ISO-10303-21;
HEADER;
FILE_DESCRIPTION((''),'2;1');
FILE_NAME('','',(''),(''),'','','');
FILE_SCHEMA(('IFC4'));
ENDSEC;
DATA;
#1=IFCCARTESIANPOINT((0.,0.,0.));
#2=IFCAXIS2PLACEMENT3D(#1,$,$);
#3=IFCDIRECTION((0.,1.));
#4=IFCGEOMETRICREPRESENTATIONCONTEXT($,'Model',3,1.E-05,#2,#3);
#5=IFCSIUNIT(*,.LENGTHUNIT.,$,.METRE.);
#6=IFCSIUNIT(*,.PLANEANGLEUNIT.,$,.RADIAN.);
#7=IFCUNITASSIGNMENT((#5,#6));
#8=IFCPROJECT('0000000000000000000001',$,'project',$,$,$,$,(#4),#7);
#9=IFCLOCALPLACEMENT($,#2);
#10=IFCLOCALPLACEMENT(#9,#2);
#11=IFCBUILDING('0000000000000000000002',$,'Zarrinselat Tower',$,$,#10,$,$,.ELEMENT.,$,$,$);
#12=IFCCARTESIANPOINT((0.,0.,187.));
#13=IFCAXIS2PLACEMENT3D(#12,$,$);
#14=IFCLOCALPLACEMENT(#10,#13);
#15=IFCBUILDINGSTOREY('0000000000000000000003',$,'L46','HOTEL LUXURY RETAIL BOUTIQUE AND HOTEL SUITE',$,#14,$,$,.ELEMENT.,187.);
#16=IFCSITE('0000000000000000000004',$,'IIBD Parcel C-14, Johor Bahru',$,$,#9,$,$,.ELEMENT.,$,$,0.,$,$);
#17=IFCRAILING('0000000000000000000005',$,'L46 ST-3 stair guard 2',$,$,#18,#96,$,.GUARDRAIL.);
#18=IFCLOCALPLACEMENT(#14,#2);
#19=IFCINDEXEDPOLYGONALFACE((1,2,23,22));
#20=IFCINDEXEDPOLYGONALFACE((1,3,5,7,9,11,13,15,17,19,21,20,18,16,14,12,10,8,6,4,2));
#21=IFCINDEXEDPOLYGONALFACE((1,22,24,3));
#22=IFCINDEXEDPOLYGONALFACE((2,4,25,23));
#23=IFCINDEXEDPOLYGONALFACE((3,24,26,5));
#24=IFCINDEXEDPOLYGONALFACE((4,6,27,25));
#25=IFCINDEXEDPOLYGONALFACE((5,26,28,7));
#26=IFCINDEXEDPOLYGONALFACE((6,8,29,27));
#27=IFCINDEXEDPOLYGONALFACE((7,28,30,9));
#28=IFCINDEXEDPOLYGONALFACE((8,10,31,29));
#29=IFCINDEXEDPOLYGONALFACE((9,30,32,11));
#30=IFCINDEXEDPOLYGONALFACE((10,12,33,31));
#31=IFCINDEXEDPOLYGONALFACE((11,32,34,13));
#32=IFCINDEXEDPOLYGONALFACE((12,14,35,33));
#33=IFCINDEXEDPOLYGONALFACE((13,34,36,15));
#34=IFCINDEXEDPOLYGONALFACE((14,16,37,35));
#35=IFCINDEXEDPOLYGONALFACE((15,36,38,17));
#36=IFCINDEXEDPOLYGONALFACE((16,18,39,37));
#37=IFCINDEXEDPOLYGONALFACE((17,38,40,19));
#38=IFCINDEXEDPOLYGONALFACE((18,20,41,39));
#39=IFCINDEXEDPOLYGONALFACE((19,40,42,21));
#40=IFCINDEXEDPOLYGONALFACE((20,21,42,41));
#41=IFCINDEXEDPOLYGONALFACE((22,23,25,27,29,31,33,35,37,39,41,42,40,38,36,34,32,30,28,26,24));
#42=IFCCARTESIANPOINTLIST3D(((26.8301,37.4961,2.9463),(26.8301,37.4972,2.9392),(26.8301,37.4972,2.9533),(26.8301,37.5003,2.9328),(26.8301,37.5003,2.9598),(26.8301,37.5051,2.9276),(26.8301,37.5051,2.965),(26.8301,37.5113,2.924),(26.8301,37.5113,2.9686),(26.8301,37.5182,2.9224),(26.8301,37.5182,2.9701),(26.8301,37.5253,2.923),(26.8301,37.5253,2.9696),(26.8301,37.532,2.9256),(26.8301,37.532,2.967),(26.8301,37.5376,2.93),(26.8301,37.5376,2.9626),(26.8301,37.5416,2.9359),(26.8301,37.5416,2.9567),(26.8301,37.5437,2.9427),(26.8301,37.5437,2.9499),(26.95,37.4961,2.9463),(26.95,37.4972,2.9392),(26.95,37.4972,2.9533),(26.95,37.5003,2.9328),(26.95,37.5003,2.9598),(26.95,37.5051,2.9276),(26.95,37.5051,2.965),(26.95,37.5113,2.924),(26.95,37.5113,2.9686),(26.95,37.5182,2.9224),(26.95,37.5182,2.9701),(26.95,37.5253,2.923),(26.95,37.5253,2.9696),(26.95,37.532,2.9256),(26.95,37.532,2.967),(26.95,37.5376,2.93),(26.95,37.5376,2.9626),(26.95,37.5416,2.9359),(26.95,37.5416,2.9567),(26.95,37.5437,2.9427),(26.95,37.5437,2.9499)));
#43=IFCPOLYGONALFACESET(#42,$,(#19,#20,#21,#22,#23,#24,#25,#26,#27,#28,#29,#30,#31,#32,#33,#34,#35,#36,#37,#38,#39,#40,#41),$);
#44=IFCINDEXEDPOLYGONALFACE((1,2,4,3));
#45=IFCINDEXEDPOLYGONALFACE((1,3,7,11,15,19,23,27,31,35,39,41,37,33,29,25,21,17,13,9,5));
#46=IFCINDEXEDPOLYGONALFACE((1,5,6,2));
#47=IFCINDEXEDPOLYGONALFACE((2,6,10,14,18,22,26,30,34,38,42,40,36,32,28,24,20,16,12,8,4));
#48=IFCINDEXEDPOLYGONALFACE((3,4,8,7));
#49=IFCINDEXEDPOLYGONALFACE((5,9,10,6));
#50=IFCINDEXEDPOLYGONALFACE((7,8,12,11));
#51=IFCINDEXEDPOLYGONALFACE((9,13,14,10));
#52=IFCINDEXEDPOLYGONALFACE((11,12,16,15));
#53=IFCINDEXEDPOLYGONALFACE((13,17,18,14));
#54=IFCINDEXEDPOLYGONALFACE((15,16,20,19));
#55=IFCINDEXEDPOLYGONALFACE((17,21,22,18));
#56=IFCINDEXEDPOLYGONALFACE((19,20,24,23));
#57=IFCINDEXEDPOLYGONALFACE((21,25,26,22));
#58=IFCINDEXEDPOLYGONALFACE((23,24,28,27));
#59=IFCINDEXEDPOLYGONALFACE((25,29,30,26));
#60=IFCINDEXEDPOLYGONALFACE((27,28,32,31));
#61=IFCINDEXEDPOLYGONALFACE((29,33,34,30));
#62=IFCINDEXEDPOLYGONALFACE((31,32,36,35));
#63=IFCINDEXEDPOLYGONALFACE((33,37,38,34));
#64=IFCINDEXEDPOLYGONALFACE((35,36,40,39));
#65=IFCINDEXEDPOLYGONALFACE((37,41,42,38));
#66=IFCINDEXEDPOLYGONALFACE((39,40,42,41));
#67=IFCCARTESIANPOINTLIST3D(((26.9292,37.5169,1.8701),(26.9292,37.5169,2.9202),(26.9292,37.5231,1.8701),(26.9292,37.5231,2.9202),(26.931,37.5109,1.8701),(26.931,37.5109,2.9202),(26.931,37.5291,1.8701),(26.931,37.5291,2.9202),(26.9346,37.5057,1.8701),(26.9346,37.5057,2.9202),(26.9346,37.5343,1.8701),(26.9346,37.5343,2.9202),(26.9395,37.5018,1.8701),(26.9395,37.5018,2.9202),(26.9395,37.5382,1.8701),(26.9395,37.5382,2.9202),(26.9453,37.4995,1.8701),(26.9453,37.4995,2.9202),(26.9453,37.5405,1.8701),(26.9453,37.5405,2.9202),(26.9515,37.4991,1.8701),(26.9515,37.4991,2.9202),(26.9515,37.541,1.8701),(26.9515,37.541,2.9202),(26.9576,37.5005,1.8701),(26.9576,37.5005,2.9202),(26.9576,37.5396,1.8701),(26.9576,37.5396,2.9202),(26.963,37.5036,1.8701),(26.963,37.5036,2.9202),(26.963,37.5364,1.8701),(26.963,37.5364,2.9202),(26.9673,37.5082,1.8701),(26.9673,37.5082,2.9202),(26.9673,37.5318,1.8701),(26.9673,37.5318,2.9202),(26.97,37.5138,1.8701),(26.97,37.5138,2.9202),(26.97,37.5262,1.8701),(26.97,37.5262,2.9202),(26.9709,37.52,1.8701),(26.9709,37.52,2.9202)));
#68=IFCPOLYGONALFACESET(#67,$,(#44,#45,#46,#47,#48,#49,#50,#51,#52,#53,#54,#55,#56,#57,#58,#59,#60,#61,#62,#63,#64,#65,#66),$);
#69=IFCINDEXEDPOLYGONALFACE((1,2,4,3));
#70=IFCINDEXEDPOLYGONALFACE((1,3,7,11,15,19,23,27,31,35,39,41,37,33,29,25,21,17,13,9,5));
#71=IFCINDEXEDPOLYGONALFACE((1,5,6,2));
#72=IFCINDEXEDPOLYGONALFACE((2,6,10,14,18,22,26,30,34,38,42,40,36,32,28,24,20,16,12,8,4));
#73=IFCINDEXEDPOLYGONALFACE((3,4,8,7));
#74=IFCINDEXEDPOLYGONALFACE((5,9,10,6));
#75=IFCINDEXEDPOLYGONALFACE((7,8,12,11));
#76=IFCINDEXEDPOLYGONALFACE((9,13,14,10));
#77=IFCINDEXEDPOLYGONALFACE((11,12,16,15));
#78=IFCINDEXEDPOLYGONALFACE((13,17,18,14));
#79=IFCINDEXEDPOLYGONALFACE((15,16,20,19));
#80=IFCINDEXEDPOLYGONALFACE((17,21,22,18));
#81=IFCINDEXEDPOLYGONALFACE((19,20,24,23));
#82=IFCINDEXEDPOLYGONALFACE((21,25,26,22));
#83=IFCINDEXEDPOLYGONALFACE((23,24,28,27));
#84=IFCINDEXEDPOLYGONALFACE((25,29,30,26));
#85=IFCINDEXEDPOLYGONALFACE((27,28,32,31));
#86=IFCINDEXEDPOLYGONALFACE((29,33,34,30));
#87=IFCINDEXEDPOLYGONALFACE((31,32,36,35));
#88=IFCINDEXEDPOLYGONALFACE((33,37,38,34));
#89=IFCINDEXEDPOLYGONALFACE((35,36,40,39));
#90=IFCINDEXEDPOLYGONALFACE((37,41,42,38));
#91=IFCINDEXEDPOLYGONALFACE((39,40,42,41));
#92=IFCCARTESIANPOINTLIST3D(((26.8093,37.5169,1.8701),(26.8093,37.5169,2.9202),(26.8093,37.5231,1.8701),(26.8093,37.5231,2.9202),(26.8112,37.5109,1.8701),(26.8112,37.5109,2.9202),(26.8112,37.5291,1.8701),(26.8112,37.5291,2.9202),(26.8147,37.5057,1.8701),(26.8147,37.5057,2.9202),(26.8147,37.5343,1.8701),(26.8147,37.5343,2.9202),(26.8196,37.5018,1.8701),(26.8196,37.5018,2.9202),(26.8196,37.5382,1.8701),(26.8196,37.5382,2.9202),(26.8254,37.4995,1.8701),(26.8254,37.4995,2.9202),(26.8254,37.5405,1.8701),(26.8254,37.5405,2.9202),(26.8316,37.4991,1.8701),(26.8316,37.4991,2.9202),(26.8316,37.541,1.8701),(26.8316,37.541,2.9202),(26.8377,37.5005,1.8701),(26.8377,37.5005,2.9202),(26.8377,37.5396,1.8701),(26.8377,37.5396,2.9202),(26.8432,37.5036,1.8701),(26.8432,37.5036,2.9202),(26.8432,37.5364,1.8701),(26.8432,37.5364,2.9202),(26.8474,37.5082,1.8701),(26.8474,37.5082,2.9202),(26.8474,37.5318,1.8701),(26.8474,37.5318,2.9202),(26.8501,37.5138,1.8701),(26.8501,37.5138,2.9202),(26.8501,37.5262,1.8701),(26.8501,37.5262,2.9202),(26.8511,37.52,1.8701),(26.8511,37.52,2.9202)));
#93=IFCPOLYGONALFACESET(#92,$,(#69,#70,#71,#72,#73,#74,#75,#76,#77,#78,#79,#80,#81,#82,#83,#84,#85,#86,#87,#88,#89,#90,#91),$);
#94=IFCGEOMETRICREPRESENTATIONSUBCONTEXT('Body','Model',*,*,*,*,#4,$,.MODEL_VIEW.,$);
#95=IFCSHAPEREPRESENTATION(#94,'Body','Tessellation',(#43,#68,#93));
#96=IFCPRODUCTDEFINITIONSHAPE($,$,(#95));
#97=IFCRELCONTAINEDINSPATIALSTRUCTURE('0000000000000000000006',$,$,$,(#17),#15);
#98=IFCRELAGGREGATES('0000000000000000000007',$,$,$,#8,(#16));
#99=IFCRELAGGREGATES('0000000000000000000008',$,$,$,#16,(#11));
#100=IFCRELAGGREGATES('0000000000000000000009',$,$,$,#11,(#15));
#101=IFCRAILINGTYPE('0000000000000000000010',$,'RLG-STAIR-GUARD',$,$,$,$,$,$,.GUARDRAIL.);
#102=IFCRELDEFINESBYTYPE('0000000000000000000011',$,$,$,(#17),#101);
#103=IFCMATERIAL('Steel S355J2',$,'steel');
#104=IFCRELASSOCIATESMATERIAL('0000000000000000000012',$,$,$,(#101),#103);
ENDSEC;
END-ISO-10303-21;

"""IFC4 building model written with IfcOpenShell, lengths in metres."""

from ifc_helpers import new_model, si_unit, direction, frame, origin, origin_2d, place, context, subcontext, project, spatial, circle, extrude, material, type_object, element, save


model = new_model("IFC4")

# Units and contexts
model_context = context("Model", 3, precision=1e-05, world=origin(), true_north=direction((0.0, 1.0)))
body_context = subcontext(model_context, "Body", "Model", "MODEL_VIEW")
ifc_project = project(units=[si_unit("LENGTHUNIT", "METRE"), si_unit("PLANEANGLEUNIT", "RADIAN")], contexts=[model_context])

# Site, building, storey
site_placement = place(None, origin())
site = spatial("IfcSite", under=ifc_project, at=site_placement, Name="IIBD Parcel C-14, Johor Bahru", CompositionType="ELEMENT", RefElevation=0.0)
building_placement = place(site_placement, origin())
building = spatial("IfcBuilding", under=site, at=building_placement, Name="Zarrinselat Tower", CompositionType="ELEMENT")
storey_placement = place(building_placement, frame((0.0, 0.0, 187.0)))
storey = spatial("IfcBuildingStorey", under=building, at=storey_placement, Name="L46", Description="HOTEL LUXURY RETAIL BOUTIQUE AND HOTEL SUITE", CompositionType="ELEMENT", Elevation=187.0)

# Railing
ifc_material_1 = material(Name="Steel S355J2", Category="steel")
railing_type_1 = type_object("IfcRailingType", Name="RLG-STAIR-GUARD", PredefinedType="GUARDRAIL", material=ifc_material_1)
railing_1_placement = place(storey_placement, frame((26.95, 37.52, 1.8701)))
element("IfcRailing", 1, at=railing_1_placement, inside=storey, type_object=railing_type_1, Name="L46 ST-3 stair guard 2", PredefinedType="GUARDRAIL", context=body_context, shape_type="SweptSolid", body=[
    extrude(circle(Radius=0.0239, at=origin_2d()), frame((0.0, 0.0, 1.0762), z_axis=(-1.0, 0.0, 0.0), x_axis=(0.0, -1.0, 0.0)), (0.0, 0.0, 1.0), 0.1199),
    extrude(circle(Radius=0.021, at=origin_2d()), origin(), (0.0, 0.0, 1.0), 1.05),
    extrude(circle(Radius=0.021, at=origin_2d()), frame((-0.1199, 0.0, 0.0)), (0.0, 0.0, 1.0), 1.05),
])

save(model, "model.ifc")
